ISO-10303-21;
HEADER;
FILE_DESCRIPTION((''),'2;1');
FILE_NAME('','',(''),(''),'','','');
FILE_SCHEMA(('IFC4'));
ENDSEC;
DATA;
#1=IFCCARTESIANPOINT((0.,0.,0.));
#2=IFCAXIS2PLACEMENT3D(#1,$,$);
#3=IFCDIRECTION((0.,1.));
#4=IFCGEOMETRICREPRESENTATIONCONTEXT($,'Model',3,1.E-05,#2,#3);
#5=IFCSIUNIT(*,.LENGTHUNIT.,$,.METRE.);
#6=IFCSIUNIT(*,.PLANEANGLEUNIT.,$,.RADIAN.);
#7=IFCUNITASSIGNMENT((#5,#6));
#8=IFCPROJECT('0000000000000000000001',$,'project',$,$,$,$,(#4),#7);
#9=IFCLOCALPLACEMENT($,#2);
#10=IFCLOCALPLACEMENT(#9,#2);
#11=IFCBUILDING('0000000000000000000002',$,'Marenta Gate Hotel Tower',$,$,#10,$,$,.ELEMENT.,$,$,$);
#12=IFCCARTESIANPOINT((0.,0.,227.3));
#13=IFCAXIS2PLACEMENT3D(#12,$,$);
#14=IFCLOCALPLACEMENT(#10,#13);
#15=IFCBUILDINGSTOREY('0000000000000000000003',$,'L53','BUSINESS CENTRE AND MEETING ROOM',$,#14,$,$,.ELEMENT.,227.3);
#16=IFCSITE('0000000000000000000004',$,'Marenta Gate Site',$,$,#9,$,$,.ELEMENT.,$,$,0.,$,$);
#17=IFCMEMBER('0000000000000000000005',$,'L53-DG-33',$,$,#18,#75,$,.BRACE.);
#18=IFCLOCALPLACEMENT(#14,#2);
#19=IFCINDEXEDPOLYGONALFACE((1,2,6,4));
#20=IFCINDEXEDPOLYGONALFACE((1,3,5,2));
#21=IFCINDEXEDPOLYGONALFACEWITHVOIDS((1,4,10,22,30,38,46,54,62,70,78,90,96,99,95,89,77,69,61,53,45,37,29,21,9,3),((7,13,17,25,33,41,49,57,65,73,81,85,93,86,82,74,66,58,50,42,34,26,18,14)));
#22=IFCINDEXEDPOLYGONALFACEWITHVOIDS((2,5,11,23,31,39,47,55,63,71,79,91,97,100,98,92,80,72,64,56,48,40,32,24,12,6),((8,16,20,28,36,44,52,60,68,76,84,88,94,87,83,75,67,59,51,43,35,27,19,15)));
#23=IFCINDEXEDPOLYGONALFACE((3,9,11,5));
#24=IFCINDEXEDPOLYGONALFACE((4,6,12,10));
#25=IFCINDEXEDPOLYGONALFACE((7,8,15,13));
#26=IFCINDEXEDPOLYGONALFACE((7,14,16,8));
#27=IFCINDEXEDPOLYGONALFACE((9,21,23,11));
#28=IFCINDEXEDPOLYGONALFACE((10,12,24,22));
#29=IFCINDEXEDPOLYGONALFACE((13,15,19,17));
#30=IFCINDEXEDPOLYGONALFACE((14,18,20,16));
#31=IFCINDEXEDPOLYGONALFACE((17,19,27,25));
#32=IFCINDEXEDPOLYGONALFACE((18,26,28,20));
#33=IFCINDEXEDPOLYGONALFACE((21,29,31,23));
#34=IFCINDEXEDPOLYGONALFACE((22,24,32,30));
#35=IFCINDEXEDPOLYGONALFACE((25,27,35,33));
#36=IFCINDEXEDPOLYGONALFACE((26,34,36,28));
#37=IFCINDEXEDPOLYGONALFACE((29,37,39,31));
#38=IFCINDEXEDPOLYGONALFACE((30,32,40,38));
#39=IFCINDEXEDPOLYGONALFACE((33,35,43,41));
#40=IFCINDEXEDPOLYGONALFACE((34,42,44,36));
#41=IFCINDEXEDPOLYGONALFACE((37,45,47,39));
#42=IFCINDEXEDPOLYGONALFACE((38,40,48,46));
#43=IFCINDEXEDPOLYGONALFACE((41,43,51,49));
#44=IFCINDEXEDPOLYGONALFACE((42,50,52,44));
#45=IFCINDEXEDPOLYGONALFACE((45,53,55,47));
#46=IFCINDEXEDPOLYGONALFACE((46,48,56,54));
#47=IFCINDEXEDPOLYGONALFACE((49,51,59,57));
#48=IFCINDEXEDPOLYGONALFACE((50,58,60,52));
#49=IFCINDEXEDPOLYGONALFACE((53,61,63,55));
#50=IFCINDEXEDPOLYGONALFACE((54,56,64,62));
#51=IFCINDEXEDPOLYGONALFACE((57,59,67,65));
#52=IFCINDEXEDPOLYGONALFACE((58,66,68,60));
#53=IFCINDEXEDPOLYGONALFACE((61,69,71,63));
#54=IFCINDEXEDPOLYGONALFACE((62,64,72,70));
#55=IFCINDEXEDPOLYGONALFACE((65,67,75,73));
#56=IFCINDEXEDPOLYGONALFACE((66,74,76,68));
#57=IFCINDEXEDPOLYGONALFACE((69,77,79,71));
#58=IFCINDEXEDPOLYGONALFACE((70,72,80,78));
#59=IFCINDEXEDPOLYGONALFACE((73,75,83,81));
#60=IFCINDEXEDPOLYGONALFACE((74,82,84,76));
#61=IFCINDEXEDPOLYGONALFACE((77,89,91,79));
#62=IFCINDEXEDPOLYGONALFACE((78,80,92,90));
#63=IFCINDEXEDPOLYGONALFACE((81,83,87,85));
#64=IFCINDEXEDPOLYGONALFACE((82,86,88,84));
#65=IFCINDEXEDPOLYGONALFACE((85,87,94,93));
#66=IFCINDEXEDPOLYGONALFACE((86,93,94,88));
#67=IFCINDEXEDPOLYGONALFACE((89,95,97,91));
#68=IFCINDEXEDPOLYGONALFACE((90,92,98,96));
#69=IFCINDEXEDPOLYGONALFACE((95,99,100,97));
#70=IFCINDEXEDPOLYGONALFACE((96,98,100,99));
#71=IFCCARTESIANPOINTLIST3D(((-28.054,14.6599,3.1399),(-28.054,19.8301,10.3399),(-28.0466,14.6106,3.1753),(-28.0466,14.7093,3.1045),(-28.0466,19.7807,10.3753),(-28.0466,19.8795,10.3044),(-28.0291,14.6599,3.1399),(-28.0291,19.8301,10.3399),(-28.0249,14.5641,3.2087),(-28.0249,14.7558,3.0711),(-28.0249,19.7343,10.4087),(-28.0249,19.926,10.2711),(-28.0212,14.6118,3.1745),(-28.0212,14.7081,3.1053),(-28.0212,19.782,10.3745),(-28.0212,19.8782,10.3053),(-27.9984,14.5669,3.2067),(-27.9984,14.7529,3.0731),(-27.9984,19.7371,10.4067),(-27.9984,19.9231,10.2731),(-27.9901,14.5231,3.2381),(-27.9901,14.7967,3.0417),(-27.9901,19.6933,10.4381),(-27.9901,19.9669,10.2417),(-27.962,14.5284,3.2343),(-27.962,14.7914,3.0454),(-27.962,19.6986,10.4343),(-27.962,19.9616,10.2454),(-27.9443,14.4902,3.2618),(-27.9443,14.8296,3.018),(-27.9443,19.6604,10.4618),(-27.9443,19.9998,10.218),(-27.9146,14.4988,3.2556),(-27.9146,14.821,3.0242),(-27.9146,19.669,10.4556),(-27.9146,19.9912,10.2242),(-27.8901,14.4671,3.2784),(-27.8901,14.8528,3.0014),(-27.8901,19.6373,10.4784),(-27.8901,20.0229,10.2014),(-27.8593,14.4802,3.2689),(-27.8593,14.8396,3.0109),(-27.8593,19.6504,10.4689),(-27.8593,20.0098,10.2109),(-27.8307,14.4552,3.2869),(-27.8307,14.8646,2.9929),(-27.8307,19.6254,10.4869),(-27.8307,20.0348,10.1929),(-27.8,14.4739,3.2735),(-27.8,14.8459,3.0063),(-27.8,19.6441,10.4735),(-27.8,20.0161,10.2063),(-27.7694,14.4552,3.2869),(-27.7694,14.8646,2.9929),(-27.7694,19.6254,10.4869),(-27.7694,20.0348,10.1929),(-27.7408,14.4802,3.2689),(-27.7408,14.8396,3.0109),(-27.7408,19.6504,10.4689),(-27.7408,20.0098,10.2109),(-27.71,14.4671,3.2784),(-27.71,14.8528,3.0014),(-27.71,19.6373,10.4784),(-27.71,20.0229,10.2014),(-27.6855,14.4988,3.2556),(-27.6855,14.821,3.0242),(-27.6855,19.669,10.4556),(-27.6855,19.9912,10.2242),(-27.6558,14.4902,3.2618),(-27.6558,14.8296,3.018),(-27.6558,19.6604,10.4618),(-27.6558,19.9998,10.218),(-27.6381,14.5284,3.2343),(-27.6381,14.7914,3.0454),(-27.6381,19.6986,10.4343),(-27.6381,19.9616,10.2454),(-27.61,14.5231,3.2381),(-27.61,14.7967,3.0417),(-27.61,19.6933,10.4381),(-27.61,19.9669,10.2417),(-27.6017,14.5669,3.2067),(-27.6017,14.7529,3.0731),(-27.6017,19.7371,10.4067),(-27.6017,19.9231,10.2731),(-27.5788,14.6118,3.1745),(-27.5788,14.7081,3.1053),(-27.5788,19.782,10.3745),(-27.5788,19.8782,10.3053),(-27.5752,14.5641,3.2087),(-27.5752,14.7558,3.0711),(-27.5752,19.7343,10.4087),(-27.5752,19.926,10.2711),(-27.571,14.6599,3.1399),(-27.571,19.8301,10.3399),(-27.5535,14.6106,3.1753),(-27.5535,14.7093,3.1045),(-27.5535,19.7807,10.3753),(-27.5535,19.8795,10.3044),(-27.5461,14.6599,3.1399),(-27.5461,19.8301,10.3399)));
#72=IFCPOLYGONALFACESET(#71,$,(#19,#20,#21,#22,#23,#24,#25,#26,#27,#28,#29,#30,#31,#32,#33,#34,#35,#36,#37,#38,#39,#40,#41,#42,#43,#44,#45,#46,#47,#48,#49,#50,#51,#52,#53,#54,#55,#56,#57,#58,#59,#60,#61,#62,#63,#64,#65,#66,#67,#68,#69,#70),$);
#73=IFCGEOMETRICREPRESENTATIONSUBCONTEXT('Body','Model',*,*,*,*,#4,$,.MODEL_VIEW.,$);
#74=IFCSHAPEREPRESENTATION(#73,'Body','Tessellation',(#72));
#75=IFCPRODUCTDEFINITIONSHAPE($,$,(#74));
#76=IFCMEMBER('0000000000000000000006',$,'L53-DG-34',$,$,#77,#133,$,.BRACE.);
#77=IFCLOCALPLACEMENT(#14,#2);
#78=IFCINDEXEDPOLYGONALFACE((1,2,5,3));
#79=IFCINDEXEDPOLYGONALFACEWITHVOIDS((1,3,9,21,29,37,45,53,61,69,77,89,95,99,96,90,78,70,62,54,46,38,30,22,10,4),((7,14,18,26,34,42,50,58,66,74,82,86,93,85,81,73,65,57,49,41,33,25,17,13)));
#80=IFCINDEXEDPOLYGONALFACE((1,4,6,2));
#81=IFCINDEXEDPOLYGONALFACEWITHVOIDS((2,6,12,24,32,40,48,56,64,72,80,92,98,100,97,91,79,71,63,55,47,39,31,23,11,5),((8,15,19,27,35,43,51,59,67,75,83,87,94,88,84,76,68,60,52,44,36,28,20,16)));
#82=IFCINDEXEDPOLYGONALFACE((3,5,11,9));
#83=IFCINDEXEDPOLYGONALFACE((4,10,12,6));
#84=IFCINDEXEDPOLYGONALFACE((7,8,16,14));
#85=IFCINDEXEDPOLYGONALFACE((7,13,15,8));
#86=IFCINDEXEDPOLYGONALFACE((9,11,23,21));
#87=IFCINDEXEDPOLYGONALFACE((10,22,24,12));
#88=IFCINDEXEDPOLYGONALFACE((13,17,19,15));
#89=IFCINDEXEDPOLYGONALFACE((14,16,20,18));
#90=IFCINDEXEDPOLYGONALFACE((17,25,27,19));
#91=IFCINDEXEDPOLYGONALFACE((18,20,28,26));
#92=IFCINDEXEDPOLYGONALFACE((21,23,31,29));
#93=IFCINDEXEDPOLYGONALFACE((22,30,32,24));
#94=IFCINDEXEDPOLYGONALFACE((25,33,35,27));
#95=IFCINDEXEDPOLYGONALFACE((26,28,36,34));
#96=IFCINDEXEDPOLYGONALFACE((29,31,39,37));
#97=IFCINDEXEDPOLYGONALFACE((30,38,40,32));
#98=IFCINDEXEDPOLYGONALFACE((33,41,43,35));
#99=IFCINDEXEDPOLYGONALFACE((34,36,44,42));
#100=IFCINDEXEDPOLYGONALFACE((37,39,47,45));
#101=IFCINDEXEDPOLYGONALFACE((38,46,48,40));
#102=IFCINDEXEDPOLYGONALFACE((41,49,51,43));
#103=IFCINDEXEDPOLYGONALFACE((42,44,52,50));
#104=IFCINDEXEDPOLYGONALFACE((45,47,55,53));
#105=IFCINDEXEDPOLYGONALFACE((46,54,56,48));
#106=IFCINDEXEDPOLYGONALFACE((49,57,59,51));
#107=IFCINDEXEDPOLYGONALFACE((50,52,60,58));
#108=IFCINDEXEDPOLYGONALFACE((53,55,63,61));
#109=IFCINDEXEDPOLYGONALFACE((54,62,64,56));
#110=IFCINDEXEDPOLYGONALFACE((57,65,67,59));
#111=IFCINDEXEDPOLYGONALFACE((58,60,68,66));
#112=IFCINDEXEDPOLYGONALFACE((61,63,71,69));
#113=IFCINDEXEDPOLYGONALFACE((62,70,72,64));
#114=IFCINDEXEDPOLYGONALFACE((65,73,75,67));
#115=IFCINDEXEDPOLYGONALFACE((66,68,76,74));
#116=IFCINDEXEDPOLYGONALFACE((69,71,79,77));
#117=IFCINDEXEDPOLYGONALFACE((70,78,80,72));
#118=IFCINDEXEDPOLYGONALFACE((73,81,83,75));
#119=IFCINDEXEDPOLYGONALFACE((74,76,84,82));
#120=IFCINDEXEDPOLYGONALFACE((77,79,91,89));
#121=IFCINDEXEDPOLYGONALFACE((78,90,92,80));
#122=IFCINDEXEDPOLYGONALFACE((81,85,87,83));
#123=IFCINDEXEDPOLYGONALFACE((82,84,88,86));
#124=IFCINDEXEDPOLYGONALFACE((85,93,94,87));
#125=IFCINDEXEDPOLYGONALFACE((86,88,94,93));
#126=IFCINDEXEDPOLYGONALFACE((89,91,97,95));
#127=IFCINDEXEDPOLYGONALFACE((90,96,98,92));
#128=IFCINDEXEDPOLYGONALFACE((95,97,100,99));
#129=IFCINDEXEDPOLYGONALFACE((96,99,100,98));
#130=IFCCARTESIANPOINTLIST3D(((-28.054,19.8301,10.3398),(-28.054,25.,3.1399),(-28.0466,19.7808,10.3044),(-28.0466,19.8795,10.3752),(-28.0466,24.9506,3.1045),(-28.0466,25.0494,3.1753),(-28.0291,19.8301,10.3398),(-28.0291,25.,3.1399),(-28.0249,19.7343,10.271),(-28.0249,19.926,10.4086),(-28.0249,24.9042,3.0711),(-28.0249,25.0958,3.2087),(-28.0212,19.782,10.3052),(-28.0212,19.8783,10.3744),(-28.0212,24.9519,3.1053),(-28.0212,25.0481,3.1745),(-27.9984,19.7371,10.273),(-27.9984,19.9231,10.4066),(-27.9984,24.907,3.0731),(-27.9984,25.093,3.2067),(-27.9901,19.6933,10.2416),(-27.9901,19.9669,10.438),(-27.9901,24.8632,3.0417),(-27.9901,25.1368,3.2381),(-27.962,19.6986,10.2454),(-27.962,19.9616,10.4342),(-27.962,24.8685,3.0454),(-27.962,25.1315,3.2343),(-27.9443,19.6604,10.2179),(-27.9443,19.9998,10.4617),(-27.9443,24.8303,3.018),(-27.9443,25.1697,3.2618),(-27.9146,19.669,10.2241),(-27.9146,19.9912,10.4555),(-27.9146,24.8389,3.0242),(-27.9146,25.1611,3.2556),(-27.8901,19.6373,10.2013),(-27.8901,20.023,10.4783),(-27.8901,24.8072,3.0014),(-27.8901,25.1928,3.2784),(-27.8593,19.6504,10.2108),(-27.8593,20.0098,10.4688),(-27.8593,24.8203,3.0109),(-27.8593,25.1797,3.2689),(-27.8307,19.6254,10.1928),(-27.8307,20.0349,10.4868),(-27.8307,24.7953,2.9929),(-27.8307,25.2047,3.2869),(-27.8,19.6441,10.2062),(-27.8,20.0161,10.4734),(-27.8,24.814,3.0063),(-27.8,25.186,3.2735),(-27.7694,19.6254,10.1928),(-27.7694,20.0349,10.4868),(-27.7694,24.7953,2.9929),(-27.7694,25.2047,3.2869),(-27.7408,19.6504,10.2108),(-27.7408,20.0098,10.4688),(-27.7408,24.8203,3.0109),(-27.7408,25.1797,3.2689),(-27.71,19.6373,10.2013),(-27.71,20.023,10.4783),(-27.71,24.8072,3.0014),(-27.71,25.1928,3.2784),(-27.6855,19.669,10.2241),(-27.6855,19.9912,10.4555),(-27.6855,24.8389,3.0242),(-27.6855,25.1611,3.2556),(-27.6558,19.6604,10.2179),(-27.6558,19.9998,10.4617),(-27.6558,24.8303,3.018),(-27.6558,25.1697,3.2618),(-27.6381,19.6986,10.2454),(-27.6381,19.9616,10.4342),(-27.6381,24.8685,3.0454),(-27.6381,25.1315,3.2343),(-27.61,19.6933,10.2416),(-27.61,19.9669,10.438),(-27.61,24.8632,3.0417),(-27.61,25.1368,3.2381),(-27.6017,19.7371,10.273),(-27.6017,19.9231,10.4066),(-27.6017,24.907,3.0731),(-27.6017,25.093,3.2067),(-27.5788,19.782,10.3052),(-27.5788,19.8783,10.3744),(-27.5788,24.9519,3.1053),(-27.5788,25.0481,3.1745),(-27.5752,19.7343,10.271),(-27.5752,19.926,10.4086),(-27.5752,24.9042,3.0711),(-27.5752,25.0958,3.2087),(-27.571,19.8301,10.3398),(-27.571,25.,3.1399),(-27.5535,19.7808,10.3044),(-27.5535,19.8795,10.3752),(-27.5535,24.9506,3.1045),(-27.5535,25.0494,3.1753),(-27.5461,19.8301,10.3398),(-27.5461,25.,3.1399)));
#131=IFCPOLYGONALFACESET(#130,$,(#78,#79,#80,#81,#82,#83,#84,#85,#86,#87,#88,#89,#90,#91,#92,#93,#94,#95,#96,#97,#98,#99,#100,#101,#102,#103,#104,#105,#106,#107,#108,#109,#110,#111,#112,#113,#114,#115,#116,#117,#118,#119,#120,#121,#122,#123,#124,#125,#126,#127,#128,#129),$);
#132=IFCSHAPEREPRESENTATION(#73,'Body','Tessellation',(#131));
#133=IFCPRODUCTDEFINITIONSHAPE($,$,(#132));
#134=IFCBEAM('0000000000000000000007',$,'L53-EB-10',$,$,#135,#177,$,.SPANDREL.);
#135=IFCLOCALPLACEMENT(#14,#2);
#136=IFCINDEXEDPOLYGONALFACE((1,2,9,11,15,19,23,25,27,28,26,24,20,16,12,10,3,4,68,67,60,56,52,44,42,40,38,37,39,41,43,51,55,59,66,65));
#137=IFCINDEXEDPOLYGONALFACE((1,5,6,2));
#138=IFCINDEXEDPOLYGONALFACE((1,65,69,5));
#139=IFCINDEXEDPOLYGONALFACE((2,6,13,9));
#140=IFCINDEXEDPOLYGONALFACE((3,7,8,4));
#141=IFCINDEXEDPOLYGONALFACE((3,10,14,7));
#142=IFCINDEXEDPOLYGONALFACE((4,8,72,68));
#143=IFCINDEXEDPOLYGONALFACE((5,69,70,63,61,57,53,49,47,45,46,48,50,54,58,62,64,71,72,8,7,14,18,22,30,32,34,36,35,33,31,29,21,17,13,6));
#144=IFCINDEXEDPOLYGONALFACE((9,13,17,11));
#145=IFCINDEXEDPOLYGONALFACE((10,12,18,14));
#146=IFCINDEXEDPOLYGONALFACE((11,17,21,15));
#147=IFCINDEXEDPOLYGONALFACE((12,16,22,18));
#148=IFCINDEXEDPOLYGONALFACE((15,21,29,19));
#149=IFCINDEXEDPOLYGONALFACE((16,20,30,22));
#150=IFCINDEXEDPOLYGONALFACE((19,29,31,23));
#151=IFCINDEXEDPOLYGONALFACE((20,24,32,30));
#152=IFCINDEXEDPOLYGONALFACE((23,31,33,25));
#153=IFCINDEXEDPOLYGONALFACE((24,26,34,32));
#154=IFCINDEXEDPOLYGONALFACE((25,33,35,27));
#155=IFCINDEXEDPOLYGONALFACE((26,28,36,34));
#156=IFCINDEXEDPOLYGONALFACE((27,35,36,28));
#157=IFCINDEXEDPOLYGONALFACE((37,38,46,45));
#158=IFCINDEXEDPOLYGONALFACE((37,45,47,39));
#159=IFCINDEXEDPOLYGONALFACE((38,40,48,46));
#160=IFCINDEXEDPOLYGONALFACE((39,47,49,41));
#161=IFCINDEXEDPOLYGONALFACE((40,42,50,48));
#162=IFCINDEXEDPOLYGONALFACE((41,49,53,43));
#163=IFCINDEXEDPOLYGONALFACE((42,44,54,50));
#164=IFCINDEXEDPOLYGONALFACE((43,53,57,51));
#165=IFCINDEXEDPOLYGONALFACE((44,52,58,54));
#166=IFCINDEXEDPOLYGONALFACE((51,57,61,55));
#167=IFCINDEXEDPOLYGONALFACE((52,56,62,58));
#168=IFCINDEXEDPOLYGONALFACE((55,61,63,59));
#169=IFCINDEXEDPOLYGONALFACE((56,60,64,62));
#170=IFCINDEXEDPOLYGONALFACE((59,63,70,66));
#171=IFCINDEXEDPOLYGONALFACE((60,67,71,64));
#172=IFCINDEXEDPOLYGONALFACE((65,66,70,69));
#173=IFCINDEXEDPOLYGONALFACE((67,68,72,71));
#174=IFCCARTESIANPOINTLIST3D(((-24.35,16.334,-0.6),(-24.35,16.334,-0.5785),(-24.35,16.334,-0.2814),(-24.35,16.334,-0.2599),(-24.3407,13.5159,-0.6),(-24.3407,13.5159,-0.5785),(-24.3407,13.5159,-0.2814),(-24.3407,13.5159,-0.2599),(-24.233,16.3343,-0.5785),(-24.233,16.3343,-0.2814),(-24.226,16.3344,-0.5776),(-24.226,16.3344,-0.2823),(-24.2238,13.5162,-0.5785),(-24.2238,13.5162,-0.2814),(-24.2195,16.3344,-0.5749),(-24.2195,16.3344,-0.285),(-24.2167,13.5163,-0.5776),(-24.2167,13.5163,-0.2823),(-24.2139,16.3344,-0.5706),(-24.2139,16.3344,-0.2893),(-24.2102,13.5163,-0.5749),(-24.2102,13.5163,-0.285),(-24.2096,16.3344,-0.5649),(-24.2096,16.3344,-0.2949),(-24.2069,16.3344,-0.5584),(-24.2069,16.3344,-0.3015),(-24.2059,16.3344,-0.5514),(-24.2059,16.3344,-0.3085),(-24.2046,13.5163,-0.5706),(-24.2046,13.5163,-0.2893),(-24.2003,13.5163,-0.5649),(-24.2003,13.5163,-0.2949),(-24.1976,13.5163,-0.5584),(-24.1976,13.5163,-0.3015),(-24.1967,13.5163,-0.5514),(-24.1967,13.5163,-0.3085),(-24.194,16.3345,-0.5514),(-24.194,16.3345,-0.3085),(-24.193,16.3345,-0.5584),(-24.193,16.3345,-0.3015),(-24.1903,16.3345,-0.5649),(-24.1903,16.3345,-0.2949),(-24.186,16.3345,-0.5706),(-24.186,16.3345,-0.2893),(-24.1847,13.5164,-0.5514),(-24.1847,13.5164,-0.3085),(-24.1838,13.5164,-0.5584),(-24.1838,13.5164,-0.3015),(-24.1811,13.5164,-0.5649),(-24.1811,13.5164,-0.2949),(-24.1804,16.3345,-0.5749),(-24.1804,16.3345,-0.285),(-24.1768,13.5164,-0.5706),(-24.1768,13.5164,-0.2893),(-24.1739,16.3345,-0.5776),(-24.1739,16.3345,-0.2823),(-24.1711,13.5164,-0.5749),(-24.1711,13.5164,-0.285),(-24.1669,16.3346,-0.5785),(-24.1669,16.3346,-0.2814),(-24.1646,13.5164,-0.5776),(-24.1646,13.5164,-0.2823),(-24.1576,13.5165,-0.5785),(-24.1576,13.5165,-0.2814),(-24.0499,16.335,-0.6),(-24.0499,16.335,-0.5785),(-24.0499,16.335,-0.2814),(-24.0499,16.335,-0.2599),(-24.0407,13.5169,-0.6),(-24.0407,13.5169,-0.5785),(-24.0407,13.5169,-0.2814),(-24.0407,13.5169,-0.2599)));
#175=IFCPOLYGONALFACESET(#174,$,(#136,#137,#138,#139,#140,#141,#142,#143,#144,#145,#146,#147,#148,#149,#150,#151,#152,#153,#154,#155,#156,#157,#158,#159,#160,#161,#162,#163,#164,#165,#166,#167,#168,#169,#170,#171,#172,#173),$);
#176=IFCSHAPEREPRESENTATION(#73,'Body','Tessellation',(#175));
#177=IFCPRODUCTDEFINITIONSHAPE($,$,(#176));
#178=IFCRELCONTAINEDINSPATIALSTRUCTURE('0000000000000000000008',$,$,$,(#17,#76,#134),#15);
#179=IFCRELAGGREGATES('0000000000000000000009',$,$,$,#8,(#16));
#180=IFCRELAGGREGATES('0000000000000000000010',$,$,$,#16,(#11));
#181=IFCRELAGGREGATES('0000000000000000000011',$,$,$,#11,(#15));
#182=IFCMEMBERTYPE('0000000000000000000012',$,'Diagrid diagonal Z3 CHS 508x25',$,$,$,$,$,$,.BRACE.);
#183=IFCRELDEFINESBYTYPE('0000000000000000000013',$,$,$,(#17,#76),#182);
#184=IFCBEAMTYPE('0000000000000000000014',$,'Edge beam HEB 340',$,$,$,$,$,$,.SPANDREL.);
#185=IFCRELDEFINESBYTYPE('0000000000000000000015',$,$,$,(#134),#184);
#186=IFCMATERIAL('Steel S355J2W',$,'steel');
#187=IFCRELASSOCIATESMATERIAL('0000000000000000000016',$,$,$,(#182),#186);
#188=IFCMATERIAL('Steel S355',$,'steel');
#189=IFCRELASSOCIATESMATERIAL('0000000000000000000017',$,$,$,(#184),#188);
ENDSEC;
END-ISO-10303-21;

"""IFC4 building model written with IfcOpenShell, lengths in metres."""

from ifc_helpers import new_model, si_unit, direction, frame, origin, origin_2d, place, context, subcontext, project, spatial, hollow_circle, i_section, extrude, material, material_profile, profile_set, type_object, element, save


model = new_model("IFC4")

# Units and contexts
model_context = context("Model", 3, precision=1e-05, world=origin(), true_north=direction((0.0, 1.0)))
body_context = subcontext(model_context, "Body", "Model", "MODEL_VIEW")
ifc_project = project(units=[si_unit("LENGTHUNIT", "METRE"), si_unit("PLANEANGLEUNIT", "RADIAN")], contexts=[model_context])

# Site, building, storey
site_placement = place(None, origin())
site = spatial("IfcSite", under=ifc_project, at=site_placement, Name="Marenta Gate Site", CompositionType="ELEMENT", RefElevation=0.0)
building_placement = place(site_placement, origin())
building = spatial("IfcBuilding", under=site, at=building_placement, Name="Marenta Gate Hotel Tower", CompositionType="ELEMENT")
storey_placement = place(building_placement, frame((0.0, 0.0, 227.3)))
storey = spatial("IfcBuildingStorey", under=building, at=storey_placement, Name="L53", Description="BUSINESS CENTRE AND MEETING ROOM", CompositionType="ELEMENT", Elevation=227.3)

# Members
ifc_material_1 = material(Name="Steel S355J2W", Category="steel")
ifc_material_profile_1 = material_profile(ifc_material_1, hollow_circle(Radius=0.2539, WallThickness=0.0249, at=origin_2d()), Name="CHS 508x25")
ifc_profile_set_1 = profile_set([ifc_material_profile_1], Name="Steel S355J2W")
member_type_1 = type_object("IfcMemberType", Name="Diagrid diagonal Z3 CHS 508x25", PredefinedType="BRACE", material=ifc_profile_set_1)
member_1_placement = place(storey_placement, frame((-27.8, 14.6599, 3.1399), z_axis=(0.0, 0.583279, 0.812272), x_axis=(-1.0, 0.0, 0.0)))
element("IfcMember", 1, at=member_1_placement, inside=storey, type_object=member_type_1, Name="L53-DG-33", PredefinedType="BRACE", context=body_context, shape_type="SweptSolid", body=[
    extrude(hollow_circle(Radius=0.2539, WallThickness=0.0249, at=origin_2d()), origin(), (0.0, 0.0, 1.0), 8.864),
])
member_2_placement = place(storey_placement, frame((-27.8, 25.0, 3.1399), z_axis=(0.0, -0.583261, 0.812285), x_axis=(1.0, 0.0, 0.0)))
element("IfcMember", 2, at=member_2_placement, inside=storey, type_object=member_type_1, Name="L53-DG-34", PredefinedType="BRACE", context=body_context, shape_type="SweptSolid", body=[
    extrude(hollow_circle(Radius=0.2539, WallThickness=0.0249, at=origin_2d()), origin(), (0.0, 0.0, 1.0), 8.8638),
])

# Beam
ifc_material_2 = material(Name="Steel S355", Category="steel")
ifc_material_profile_2 = material_profile(ifc_material_2, i_section(OverallWidth=0.3, OverallDepth=0.3401, WebThickness=0.012, FlangeThickness=0.0215, FilletRadius=0.0271, at=origin_2d()), Name="HEB 340")
ifc_profile_set_2 = profile_set([ifc_material_profile_2], Name="Steel S355")
beam_type_1 = type_object("IfcBeamType", Name="Edge beam HEB 340", PredefinedType="SPANDREL", material=ifc_profile_set_2)
beam_1_placement = place(storey_placement, frame((-24.1907, 13.5164, -0.4299), z_axis=(-0.003292, 0.999995, 0.0), x_axis=(-0.999995, -0.003292, 0.0)))
element("IfcBeam", 3, at=beam_1_placement, inside=storey, type_object=beam_type_1, Name="L53-EB-10", PredefinedType="SPANDREL", context=body_context, shape_type="SweptSolid", body=[
    extrude(i_section(OverallWidth=0.3, OverallDepth=0.3401, WebThickness=0.012, FlangeThickness=0.0215, FilletRadius=0.0271, at=origin_2d()), origin(), (0.0, 0.0, 1.0), 2.8181),
])

save(model, "model.ifc")
